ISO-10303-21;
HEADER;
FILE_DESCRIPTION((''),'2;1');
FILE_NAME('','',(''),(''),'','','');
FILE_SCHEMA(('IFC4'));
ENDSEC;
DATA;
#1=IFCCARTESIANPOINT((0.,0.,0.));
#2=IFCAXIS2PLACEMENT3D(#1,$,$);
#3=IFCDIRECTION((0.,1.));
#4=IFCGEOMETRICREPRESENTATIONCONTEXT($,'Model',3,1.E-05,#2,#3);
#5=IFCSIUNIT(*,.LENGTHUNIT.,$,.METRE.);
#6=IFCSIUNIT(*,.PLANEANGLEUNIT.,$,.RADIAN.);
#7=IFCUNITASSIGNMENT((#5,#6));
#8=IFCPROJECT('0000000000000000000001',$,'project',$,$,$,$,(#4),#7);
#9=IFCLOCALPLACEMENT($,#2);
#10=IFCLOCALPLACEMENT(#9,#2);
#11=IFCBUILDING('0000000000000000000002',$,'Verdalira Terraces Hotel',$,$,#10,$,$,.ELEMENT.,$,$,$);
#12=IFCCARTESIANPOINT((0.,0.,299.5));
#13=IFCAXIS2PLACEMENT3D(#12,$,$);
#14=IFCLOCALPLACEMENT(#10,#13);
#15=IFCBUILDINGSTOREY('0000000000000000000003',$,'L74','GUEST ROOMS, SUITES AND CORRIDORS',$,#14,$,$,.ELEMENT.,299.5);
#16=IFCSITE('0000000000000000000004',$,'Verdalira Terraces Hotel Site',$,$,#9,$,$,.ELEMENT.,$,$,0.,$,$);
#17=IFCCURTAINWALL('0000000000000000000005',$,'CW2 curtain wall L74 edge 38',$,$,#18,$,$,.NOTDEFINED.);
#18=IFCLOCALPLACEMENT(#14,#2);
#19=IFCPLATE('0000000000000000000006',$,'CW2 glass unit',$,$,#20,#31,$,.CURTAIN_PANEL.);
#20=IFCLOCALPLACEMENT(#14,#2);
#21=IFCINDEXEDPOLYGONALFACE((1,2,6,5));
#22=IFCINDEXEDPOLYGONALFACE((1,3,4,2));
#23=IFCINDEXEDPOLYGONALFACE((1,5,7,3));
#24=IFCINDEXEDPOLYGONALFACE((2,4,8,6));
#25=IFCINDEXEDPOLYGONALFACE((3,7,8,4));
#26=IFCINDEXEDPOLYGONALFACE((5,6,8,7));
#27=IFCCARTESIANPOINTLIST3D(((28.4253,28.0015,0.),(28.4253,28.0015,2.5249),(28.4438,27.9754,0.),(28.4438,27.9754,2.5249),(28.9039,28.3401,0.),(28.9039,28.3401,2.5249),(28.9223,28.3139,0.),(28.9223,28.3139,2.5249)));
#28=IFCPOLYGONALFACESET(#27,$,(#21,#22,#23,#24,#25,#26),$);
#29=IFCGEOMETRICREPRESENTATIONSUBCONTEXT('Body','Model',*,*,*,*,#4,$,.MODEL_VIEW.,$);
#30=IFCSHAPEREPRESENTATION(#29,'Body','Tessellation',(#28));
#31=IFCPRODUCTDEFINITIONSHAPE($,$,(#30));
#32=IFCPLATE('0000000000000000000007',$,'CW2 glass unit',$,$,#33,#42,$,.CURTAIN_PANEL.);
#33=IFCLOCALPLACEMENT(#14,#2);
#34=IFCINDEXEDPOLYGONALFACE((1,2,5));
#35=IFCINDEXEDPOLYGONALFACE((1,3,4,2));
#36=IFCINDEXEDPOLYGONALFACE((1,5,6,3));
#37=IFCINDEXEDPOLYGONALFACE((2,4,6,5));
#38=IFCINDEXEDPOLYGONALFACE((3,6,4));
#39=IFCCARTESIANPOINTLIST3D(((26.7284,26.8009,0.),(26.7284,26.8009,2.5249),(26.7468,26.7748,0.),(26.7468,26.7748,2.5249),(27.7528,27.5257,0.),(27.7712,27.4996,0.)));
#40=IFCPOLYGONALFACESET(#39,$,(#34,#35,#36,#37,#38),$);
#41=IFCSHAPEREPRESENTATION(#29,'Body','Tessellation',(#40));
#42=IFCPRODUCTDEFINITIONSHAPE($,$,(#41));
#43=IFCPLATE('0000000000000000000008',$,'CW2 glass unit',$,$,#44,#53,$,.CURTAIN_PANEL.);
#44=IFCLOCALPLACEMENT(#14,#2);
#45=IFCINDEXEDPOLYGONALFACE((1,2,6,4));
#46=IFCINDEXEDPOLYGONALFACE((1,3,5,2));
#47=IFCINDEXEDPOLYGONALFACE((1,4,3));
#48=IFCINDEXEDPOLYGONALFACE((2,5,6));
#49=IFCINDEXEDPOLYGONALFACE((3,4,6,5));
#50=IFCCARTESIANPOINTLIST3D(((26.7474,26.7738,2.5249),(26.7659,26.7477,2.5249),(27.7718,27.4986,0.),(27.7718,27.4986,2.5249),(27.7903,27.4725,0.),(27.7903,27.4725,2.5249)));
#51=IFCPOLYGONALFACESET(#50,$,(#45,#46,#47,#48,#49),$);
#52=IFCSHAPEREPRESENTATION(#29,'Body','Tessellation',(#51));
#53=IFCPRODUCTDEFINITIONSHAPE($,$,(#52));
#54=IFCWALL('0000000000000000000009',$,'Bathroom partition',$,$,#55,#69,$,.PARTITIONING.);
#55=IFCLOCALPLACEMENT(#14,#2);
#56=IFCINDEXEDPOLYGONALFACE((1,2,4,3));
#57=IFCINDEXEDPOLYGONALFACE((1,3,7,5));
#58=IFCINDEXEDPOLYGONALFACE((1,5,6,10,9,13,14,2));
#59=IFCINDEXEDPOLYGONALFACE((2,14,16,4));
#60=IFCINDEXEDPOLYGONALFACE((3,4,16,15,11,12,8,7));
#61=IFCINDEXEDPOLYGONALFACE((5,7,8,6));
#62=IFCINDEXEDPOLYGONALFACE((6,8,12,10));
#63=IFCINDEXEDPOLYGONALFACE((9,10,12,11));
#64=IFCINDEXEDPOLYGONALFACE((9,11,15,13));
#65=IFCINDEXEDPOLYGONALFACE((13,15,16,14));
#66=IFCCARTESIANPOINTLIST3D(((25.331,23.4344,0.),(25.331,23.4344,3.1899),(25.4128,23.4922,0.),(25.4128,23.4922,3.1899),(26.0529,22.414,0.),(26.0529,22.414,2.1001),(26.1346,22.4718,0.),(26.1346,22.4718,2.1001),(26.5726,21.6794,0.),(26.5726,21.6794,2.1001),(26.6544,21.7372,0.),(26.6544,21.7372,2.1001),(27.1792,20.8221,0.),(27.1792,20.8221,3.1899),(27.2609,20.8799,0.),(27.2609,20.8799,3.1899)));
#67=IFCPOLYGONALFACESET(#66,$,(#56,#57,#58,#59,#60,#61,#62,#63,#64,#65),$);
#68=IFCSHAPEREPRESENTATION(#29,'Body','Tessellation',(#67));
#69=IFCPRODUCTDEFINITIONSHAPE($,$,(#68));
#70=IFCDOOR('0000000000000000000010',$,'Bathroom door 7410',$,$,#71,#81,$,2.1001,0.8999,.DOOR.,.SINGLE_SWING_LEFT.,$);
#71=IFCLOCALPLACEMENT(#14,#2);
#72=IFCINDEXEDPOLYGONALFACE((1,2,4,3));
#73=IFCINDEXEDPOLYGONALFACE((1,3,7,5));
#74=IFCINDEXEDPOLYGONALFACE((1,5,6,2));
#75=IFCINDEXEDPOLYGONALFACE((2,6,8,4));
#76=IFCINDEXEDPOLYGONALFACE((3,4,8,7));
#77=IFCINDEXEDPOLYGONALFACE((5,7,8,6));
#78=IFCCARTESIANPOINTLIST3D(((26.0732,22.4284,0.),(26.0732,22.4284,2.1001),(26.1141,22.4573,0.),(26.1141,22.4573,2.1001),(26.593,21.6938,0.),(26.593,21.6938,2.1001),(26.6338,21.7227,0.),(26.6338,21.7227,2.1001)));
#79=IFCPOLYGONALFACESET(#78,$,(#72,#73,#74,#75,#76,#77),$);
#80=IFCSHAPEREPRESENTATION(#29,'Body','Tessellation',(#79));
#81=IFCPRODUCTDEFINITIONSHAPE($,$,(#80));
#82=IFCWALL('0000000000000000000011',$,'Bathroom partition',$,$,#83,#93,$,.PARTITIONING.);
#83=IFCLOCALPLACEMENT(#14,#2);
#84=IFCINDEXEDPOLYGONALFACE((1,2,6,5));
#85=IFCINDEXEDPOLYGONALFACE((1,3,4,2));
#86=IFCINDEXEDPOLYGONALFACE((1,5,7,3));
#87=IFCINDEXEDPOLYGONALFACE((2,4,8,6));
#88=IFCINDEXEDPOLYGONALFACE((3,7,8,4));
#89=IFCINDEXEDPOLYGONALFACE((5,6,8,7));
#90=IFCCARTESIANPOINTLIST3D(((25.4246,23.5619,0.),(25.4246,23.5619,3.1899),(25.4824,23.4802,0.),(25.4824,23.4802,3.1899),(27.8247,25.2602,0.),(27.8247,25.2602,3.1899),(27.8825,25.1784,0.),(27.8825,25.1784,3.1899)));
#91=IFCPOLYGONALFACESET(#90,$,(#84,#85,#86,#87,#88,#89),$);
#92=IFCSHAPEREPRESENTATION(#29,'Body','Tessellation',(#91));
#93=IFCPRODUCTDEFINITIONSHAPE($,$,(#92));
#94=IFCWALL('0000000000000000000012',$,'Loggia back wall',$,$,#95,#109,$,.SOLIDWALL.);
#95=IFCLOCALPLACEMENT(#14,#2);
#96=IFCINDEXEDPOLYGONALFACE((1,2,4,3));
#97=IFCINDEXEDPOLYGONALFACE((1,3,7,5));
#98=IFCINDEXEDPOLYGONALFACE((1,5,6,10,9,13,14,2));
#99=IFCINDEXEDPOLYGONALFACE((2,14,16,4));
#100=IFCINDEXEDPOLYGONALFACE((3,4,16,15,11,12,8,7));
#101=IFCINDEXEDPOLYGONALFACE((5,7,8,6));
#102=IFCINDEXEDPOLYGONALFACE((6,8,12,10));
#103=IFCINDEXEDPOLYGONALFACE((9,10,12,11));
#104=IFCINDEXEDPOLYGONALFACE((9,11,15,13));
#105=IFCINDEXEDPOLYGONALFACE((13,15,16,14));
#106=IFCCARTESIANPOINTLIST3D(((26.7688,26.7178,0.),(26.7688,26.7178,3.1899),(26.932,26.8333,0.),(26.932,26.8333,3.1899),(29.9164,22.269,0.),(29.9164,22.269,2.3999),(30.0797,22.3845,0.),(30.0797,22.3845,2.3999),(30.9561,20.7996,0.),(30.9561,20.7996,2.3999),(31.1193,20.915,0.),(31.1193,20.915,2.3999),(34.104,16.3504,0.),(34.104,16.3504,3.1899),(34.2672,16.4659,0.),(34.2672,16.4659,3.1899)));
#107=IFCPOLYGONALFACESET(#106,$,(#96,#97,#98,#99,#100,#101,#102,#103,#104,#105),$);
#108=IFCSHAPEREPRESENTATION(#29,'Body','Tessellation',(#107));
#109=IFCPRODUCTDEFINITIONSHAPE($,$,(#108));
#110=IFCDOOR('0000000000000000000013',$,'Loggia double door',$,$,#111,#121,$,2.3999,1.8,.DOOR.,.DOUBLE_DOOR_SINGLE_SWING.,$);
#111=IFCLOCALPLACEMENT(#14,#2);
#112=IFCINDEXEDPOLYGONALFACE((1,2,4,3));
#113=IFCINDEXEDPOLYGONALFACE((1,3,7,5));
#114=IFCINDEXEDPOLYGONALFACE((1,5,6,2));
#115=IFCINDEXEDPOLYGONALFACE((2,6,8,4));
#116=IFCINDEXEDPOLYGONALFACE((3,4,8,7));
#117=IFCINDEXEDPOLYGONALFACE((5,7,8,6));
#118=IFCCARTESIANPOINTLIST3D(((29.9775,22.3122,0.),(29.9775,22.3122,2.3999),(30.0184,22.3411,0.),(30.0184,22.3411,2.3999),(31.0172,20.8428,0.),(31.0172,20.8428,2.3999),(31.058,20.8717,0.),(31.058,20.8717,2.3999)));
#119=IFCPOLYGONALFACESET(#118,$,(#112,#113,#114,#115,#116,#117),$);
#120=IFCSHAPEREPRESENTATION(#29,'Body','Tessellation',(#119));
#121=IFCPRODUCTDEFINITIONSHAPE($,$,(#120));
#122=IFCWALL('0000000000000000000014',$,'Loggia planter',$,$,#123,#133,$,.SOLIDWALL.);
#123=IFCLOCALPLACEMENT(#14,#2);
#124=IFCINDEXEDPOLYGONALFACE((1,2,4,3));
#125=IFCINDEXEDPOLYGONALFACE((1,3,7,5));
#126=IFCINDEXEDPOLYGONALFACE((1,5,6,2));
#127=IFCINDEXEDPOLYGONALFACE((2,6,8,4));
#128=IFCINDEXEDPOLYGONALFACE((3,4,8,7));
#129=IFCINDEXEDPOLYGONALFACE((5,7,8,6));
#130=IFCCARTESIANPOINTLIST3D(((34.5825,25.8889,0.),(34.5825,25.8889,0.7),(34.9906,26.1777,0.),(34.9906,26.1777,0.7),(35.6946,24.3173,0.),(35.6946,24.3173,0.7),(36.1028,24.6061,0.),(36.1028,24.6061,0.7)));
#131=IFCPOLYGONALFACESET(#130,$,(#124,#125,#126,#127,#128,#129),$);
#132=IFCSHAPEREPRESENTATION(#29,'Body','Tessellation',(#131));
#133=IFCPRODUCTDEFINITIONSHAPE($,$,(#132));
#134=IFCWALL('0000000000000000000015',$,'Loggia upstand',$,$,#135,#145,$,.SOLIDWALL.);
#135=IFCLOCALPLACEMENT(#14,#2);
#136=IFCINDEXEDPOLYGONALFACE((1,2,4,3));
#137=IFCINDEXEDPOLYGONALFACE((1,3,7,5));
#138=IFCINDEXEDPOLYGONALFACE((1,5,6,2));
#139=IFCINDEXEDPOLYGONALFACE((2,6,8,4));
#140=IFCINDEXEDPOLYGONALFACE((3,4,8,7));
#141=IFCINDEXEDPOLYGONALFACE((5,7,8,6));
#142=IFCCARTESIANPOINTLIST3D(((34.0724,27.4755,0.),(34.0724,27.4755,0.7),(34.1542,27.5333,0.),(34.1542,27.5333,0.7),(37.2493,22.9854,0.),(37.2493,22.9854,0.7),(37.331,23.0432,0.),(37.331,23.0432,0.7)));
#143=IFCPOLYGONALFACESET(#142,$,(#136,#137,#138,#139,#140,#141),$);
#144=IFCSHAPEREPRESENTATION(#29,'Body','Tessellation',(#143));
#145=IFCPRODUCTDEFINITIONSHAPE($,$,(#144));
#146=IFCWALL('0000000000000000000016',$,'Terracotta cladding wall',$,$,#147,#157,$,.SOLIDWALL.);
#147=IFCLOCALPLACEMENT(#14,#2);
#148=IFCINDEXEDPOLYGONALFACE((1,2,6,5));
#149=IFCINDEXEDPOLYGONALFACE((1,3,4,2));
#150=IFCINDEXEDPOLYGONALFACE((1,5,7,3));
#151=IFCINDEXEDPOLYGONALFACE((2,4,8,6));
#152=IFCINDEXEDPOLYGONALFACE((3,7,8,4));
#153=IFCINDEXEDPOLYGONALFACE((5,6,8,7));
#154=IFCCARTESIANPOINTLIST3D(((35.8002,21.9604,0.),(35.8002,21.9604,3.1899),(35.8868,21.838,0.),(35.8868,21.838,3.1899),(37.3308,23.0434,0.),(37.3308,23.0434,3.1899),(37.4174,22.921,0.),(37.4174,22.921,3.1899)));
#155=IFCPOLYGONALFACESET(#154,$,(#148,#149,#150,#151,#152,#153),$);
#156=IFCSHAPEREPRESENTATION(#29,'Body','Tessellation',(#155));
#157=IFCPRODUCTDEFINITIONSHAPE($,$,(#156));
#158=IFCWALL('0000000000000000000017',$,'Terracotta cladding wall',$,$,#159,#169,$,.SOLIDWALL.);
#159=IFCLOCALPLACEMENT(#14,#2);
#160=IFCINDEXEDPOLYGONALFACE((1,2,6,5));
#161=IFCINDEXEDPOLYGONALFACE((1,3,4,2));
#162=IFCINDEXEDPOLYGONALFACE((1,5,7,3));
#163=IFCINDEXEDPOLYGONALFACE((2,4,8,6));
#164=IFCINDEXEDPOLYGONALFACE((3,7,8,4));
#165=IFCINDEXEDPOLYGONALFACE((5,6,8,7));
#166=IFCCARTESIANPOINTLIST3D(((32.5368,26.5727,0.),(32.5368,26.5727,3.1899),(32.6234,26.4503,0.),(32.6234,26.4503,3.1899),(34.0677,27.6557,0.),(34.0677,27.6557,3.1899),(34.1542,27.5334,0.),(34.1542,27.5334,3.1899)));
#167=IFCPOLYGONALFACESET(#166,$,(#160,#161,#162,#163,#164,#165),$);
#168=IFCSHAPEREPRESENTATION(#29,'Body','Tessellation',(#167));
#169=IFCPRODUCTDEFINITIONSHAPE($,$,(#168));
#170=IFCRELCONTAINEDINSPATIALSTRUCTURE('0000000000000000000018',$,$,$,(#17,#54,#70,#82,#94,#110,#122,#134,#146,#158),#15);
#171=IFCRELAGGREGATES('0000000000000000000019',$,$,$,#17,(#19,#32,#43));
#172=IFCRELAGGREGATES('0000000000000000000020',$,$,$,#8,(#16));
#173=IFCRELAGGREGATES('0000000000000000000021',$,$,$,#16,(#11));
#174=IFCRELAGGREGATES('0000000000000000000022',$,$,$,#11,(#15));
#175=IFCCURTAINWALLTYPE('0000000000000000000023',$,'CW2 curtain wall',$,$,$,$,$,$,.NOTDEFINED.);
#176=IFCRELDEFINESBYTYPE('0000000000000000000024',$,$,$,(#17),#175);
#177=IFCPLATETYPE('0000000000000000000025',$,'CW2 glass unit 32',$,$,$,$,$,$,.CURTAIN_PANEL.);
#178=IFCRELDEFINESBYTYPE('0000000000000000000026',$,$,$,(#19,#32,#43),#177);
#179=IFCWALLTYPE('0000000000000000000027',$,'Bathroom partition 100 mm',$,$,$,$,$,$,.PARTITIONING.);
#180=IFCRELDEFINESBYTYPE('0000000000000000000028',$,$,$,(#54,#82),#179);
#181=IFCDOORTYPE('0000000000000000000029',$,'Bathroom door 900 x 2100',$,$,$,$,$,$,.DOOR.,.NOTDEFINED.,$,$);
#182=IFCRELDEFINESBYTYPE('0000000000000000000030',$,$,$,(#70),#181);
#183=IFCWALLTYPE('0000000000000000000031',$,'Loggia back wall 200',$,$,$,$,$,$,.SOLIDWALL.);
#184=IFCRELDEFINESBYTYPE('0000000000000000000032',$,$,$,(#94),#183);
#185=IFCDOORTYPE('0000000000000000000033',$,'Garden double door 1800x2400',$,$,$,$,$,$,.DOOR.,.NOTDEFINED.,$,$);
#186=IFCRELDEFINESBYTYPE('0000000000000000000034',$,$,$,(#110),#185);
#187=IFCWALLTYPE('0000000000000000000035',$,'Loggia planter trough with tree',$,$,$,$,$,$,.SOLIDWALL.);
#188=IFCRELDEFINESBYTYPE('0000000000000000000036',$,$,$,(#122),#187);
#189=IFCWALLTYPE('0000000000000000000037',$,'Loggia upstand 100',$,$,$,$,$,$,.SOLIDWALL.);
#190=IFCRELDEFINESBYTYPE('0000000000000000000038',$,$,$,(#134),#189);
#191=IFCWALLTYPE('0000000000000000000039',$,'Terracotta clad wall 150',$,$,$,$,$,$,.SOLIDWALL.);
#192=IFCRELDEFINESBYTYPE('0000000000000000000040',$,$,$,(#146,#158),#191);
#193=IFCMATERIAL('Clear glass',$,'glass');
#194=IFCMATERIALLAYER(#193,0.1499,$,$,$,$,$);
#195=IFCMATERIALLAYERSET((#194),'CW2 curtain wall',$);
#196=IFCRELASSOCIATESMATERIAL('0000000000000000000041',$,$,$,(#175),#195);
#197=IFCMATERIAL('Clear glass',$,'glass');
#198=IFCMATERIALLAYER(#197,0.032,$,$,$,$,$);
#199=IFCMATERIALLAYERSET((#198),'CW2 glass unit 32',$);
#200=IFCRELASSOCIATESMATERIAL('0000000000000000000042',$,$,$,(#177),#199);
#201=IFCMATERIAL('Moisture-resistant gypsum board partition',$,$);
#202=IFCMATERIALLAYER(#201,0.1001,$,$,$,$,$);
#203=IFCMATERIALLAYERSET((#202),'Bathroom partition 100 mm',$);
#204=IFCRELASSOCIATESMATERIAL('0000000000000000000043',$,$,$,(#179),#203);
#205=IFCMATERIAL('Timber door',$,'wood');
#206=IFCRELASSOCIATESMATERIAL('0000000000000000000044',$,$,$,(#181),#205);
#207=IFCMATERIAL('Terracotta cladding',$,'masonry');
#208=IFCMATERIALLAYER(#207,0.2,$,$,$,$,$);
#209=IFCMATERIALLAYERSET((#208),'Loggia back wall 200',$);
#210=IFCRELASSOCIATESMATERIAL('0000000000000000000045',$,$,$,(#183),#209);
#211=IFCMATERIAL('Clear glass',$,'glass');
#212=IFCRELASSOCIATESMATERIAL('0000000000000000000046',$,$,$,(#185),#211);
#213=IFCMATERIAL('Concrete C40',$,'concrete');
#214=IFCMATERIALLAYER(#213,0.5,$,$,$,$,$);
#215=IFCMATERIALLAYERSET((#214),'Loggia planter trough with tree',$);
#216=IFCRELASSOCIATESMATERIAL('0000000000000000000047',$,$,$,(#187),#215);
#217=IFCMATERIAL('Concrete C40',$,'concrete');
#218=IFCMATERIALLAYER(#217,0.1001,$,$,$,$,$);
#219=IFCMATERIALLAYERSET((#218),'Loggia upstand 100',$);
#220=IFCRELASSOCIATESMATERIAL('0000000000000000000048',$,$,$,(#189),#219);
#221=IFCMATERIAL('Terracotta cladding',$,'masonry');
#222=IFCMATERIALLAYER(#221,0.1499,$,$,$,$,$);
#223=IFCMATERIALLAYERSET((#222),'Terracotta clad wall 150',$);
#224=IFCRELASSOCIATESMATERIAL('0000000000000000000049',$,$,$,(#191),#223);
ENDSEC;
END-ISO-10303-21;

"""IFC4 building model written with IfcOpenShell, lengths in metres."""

from ifc_helpers import new_model, si_unit, direction, frame, frame_2d, origin, origin_2d, place, context, subcontext, project, spatial, polyline, rectangle, outline, extrude, material, layer, layer_set, type_object, element, fill, aggregate, save


model = new_model("IFC4")

# Units and contexts
model_context = context("Model", 3, precision=1e-05, world=origin(), true_north=direction((0.0, 1.0)))
body_context = subcontext(model_context, "Body", "Model", "MODEL_VIEW")
ifc_project = project(units=[si_unit("LENGTHUNIT", "METRE"), si_unit("PLANEANGLEUNIT", "RADIAN")], contexts=[model_context])

# Site, building, storey
site_placement = place(None, origin())
site = spatial("IfcSite", under=ifc_project, at=site_placement, Name="Verdalira Terraces Hotel Site", CompositionType="ELEMENT", RefElevation=0.0)
building_placement = place(site_placement, origin())
building = spatial("IfcBuilding", under=site, at=building_placement, Name="Verdalira Terraces Hotel", CompositionType="ELEMENT")
storey_placement = place(building_placement, frame((0.0, 0.0, 299.5)))
storey = spatial("IfcBuildingStorey", under=building, at=storey_placement, Name="L74", Description="GUEST ROOMS, SUITES AND CORRIDORS", CompositionType="ELEMENT", Elevation=299.5)

# Curtain wall
ifc_material_1 = material(Name="Clear glass", Category="glass")
ifc_layer_1 = layer(ifc_material_1, 0.1499)
ifc_layer_set_1 = layer_set([ifc_layer_1], Name="CW2 curtain wall")
curtain_wall_type = type_object("IfcCurtainWallType", Name="CW2 curtain wall", PredefinedType="NOTDEFINED", material=ifc_layer_set_1)
curtain_wall_placement = place(storey_placement, origin())
curtain_wall = element("IfcCurtainWall", 1, at=curtain_wall_placement, inside=storey, type_object=curtain_wall_type, Name="CW2 curtain wall L74 edge 38", PredefinedType="NOTDEFINED")

# Plates
ifc_material_2 = material(Name="Clear glass", Category="glass")
ifc_layer_2 = layer(ifc_material_2, 0.032)
ifc_layer_set_2 = layer_set([ifc_layer_2], Name="CW2 glass unit 32")
plate_type = type_object("IfcPlateType", Name="CW2 glass unit 32", PredefinedType="CURTAIN_PANEL", material=ifc_layer_set_2)
plate_1_placement = place(storey_placement, frame((28.6738, 28.1577, 0.0), z_axis=(0.0, 0.0, 1.0), x_axis=(-0.816339, -0.577573, 0.0)))
plate_1 = element("IfcPlate", 2, at=plate_1_placement, type_object=plate_type, Name="CW2 glass unit", PredefinedType="CURTAIN_PANEL", context=body_context, shape_type="SweptSolid", body=[
    extrude(rectangle(XDim=0.5862, YDim=0.032, at=origin_2d()), origin(), (0.0, 0.0, 1.0), 2.5249),
])
plate_2_placement = place(storey_placement, frame((27.259, 27.1372, 1.2625), z_axis=(-0.577573, 0.816339, 0.0), x_axis=(-0.816339, -0.577573, 0.0)))
plate_2 = element("IfcPlate", 3, at=plate_2_placement, type_object=plate_type, Name="CW2 glass unit", PredefinedType="CURTAIN_PANEL", context=body_context, shape_type="SweptSolid", body=[
    extrude(outline(polyline([(-0.6274, -1.2625), (0.6274, -1.2625), (0.6274, 1.2625), (-0.6274, -1.2625)])), origin(), (0.0, 0.0, 1.0), 0.032),
])
plate_3_placement = place(storey_placement, frame((27.2781, 27.1101, 1.2625), z_axis=(-0.577573, 0.816339, 0.0), x_axis=(-0.816339, -0.577573, 0.0)))
plate_3 = element("IfcPlate", 4, at=plate_3_placement, type_object=plate_type, Name="CW2 glass unit", PredefinedType="CURTAIN_PANEL", context=body_context, shape_type="SweptSolid", body=[
    extrude(outline(polyline([(-0.6274, -1.2625), (0.6274, 1.2625), (-0.6274, 1.2625), (-0.6274, -1.2625)])), origin(), (0.0, 0.0, 1.0), 0.032),
])
aggregate(curtain_wall, [plate_1, plate_2, plate_3])

# Wall, opening, door
ifc_material_3 = material(Name="Moisture-resistant gypsum board partition")
ifc_layer_3 = layer(ifc_material_3, 0.1001)
ifc_layer_set_3 = layer_set([ifc_layer_3], Name="Bathroom partition 100 mm")
wall_type_1 = type_object("IfcWallType", Name="Bathroom partition 100 mm", PredefinedType="PARTITIONING", material=ifc_layer_set_3)
wall_1_placement = place(storey_placement, frame((25.3718, 23.4634, 0.0), z_axis=(0.0, 0.0, 1.0), x_axis=(0.577552, -0.816354, 0.0)))
wall_1 = element("IfcWall", 5, at=wall_1_placement, inside=storey, type_object=wall_type_1, Name="Bathroom partition", PredefinedType="PARTITIONING", context=body_context, shape_type="SweptSolid", body=[
    extrude(rectangle(XDim=3.2, YDim=0.1001, at=frame_2d((1.6001, 0.0))), origin(), (0.0, 0.0, 1.0), 3.1899),
])
opening_1_placement = place(wall_1_placement, frame((1.25, 0.0, 0.0)))
opening_1 = element("IfcOpeningElement", 6, at=opening_1_placement, cuts=wall_1, PredefinedType="OPENING", context=body_context, shape_type="SweptSolid", body=[
    extrude(rectangle(XDim=0.8999, YDim=2.1001, at=frame_2d((0.45, 1.05))), frame((0.0, 0.0601, 0.0), z_axis=(0.0, -1.0, 0.0), x_axis=(1.0, 0.0, 0.0)), (0.0, 0.0, 1.0), 0.1201),
])
ifc_material_4 = material(Name="Timber door", Category="wood")
door_type_1 = type_object("IfcDoorType", Name="Bathroom door 900 x 2100", OperationType="NOTDEFINED", PredefinedType="DOOR", material=ifc_material_4)
door_1_placement = place(opening_1_placement, origin())
door_1 = element("IfcDoor", 7, at=door_1_placement, inside=storey, type_object=door_type_1, Name="Bathroom door 7410", OperationType="SINGLE_SWING_LEFT", OverallHeight=2.1001, OverallWidth=0.8999, PredefinedType="DOOR", context=body_context, shape_type="SweptSolid", body=[
    extrude(rectangle(XDim=0.8999, YDim=2.1001, at=frame_2d((0.45, 1.05))), frame((0.0, 0.0249, 0.0), z_axis=(0.0, -1.0, 0.0), x_axis=(1.0, 0.0, 0.0)), (0.0, 0.0, 1.0), 0.05),
])
fill(opening_1, door_1)

# Wall
wall_2_placement = place(storey_placement, frame((25.4534, 23.521, 0.0), z_axis=(0.0, 0.0, 1.0), x_axis=(0.816323, 0.577596, 0.0)))
element("IfcWall", 8, at=wall_2_placement, inside=storey, type_object=wall_type_1, Name="Bathroom partition", PredefinedType="PARTITIONING", context=body_context, shape_type="SweptSolid", body=[
    extrude(rectangle(XDim=2.9402, YDim=0.1001, at=frame_2d((1.4702, 0.0))), origin(), (0.0, 0.0, 1.0), 3.1899),
])

# Wall, opening, door
ifc_material_5 = material(Name="Terracotta cladding", Category="masonry")
ifc_layer_4 = layer(ifc_material_5, 0.2)
ifc_layer_set_4 = layer_set([ifc_layer_4], Name="Loggia back wall 200")
wall_type_2 = type_object("IfcWallType", Name="Loggia back wall 200", PredefinedType="SOLIDWALL", material=ifc_layer_set_4)
wall_3_placement = place(storey_placement, frame((26.8503, 26.7756, 0.0), z_axis=(0.0, 0.0, 1.0), x_axis=(0.577577, -0.816336, 0.0)))
wall_3 = element("IfcWall", 9, at=wall_3_placement, inside=storey, type_object=wall_type_2, Name="Loggia back wall", PredefinedType="SOLIDWALL", context=body_context, shape_type="SweptSolid", body=[
    extrude(rectangle(XDim=12.7, YDim=0.2, at=frame_2d((6.3501, 0.0))), origin(), (0.0, 0.0, 1.0), 3.1899),
])
opening_2_placement = place(wall_3_placement, frame((5.45, 0.0, 0.0)))
opening_2 = element("IfcOpeningElement", 10, at=opening_2_placement, cuts=wall_3, PredefinedType="OPENING", context=body_context, shape_type="SweptSolid", body=[
    extrude(rectangle(XDim=1.8, YDim=2.3999, at=frame_2d((0.8999, 1.2))), frame((0.0, 0.1099, 0.0), z_axis=(0.0, -1.0, 0.0), x_axis=(1.0, 0.0, 0.0)), (0.0, 0.0, 1.0), 0.22),
])
ifc_material_6 = material(Name="Clear glass", Category="glass")
door_type_2 = type_object("IfcDoorType", Name="Garden double door 1800x2400", OperationType="NOTDEFINED", PredefinedType="DOOR", material=ifc_material_6)
door_2_placement = place(opening_2_placement, origin())
door_2 = element("IfcDoor", 11, at=door_2_placement, inside=storey, type_object=door_type_2, Name="Loggia double door", OperationType="DOUBLE_DOOR_SINGLE_SWING", OverallHeight=2.3999, OverallWidth=1.8, PredefinedType="DOOR", context=body_context, shape_type="SweptSolid", body=[
    extrude(rectangle(XDim=1.8, YDim=2.3999, at=frame_2d((0.8999, 1.2))), frame((0.0, 0.0249, 0.0), z_axis=(0.0, -1.0, 0.0), x_axis=(1.0, 0.0, 0.0)), (0.0, 0.0, 1.0), 0.05),
])
fill(opening_2, door_2)

# Walls
ifc_material_7 = material(Name="Concrete C40", Category="concrete")
ifc_layer_5 = layer(ifc_material_7, 0.5)
ifc_layer_set_5 = layer_set([ifc_layer_5], Name="Loggia planter trough with tree")
wall_type_3 = type_object("IfcWallType", Name="Loggia planter trough with tree", PredefinedType="SOLIDWALL", material=ifc_layer_set_5)
wall_4_placement = place(storey_placement, frame((35.8987, 24.4617, 0.0), z_axis=(0.0, 0.0, 1.0), x_axis=(-0.577634, 0.816296, 0.0)))
element("IfcWall", 12, at=wall_4_placement, inside=storey, type_object=wall_type_3, Name="Loggia planter", PredefinedType="SOLIDWALL", context=body_context, shape_type="SweptSolid", body=[
    extrude(rectangle(XDim=1.9253, YDim=0.5, at=frame_2d((0.9626, 0.0))), origin(), (0.0, 0.0, 1.0), 0.7),
])
ifc_material_8 = material(Name="Concrete C40", Category="concrete")
ifc_layer_6 = layer(ifc_material_8, 0.1001)
ifc_layer_set_6 = layer_set([ifc_layer_6], Name="Loggia upstand 100")
wall_type_4 = type_object("IfcWallType", Name="Loggia upstand 100", PredefinedType="SOLIDWALL", material=ifc_layer_set_6)
wall_5_placement = place(storey_placement, frame((37.29, 23.0144, 0.0), z_axis=(0.0, 0.0, 1.0), x_axis=(-0.577575, 0.816338, 0.0)))
element("IfcWall", 13, at=wall_5_placement, inside=storey, type_object=wall_type_4, Name="Loggia upstand", PredefinedType="SOLIDWALL", context=body_context, shape_type="SweptSolid", body=[
    extrude(rectangle(XDim=5.5002, YDim=0.1001, at=frame_2d((2.75, 0.0))), origin(), (0.0, 0.0, 1.0), 0.7),
])
ifc_material_9 = material(Name="Terracotta cladding", Category="masonry")
ifc_layer_7 = layer(ifc_material_9, 0.1499)
ifc_layer_set_7 = layer_set([ifc_layer_7], Name="Terracotta clad wall 150")
wall_type_5 = type_object("IfcWallType", Name="Terracotta clad wall 150", PredefinedType="SOLIDWALL", material=ifc_layer_set_7)
wall_6_placement = place(storey_placement, frame((35.8435, 21.8992, 0.0), z_axis=(0.0, 0.0, 1.0), x_axis=(0.816303, 0.577623, 0.0)))
element("IfcWall", 14, at=wall_6_placement, inside=storey, type_object=wall_type_5, Name="Terracotta cladding wall", PredefinedType="SOLIDWALL", context=body_context, shape_type="SweptSolid", body=[
    extrude(rectangle(XDim=1.875, YDim=0.1499, at=frame_2d((0.9375, 0.0))), origin(), (0.0, 0.0, 1.0), 3.1899),
])
wall_7_placement = place(storey_placement, frame((34.1108, 27.5945, 0.0), z_axis=(0.0, 0.0, 1.0), x_axis=(-0.816347, -0.577562, 0.0)))
element("IfcWall", 15, at=wall_7_placement, inside=storey, type_object=wall_type_5, Name="Terracotta cladding wall", PredefinedType="SOLIDWALL", context=body_context, shape_type="SweptSolid", body=[
    extrude(rectangle(XDim=1.8752, YDim=0.1499, at=frame_2d((0.9375, 0.0))), origin(), (0.0, 0.0, 1.0), 3.1899),
])

save(model, "model.ifc")
